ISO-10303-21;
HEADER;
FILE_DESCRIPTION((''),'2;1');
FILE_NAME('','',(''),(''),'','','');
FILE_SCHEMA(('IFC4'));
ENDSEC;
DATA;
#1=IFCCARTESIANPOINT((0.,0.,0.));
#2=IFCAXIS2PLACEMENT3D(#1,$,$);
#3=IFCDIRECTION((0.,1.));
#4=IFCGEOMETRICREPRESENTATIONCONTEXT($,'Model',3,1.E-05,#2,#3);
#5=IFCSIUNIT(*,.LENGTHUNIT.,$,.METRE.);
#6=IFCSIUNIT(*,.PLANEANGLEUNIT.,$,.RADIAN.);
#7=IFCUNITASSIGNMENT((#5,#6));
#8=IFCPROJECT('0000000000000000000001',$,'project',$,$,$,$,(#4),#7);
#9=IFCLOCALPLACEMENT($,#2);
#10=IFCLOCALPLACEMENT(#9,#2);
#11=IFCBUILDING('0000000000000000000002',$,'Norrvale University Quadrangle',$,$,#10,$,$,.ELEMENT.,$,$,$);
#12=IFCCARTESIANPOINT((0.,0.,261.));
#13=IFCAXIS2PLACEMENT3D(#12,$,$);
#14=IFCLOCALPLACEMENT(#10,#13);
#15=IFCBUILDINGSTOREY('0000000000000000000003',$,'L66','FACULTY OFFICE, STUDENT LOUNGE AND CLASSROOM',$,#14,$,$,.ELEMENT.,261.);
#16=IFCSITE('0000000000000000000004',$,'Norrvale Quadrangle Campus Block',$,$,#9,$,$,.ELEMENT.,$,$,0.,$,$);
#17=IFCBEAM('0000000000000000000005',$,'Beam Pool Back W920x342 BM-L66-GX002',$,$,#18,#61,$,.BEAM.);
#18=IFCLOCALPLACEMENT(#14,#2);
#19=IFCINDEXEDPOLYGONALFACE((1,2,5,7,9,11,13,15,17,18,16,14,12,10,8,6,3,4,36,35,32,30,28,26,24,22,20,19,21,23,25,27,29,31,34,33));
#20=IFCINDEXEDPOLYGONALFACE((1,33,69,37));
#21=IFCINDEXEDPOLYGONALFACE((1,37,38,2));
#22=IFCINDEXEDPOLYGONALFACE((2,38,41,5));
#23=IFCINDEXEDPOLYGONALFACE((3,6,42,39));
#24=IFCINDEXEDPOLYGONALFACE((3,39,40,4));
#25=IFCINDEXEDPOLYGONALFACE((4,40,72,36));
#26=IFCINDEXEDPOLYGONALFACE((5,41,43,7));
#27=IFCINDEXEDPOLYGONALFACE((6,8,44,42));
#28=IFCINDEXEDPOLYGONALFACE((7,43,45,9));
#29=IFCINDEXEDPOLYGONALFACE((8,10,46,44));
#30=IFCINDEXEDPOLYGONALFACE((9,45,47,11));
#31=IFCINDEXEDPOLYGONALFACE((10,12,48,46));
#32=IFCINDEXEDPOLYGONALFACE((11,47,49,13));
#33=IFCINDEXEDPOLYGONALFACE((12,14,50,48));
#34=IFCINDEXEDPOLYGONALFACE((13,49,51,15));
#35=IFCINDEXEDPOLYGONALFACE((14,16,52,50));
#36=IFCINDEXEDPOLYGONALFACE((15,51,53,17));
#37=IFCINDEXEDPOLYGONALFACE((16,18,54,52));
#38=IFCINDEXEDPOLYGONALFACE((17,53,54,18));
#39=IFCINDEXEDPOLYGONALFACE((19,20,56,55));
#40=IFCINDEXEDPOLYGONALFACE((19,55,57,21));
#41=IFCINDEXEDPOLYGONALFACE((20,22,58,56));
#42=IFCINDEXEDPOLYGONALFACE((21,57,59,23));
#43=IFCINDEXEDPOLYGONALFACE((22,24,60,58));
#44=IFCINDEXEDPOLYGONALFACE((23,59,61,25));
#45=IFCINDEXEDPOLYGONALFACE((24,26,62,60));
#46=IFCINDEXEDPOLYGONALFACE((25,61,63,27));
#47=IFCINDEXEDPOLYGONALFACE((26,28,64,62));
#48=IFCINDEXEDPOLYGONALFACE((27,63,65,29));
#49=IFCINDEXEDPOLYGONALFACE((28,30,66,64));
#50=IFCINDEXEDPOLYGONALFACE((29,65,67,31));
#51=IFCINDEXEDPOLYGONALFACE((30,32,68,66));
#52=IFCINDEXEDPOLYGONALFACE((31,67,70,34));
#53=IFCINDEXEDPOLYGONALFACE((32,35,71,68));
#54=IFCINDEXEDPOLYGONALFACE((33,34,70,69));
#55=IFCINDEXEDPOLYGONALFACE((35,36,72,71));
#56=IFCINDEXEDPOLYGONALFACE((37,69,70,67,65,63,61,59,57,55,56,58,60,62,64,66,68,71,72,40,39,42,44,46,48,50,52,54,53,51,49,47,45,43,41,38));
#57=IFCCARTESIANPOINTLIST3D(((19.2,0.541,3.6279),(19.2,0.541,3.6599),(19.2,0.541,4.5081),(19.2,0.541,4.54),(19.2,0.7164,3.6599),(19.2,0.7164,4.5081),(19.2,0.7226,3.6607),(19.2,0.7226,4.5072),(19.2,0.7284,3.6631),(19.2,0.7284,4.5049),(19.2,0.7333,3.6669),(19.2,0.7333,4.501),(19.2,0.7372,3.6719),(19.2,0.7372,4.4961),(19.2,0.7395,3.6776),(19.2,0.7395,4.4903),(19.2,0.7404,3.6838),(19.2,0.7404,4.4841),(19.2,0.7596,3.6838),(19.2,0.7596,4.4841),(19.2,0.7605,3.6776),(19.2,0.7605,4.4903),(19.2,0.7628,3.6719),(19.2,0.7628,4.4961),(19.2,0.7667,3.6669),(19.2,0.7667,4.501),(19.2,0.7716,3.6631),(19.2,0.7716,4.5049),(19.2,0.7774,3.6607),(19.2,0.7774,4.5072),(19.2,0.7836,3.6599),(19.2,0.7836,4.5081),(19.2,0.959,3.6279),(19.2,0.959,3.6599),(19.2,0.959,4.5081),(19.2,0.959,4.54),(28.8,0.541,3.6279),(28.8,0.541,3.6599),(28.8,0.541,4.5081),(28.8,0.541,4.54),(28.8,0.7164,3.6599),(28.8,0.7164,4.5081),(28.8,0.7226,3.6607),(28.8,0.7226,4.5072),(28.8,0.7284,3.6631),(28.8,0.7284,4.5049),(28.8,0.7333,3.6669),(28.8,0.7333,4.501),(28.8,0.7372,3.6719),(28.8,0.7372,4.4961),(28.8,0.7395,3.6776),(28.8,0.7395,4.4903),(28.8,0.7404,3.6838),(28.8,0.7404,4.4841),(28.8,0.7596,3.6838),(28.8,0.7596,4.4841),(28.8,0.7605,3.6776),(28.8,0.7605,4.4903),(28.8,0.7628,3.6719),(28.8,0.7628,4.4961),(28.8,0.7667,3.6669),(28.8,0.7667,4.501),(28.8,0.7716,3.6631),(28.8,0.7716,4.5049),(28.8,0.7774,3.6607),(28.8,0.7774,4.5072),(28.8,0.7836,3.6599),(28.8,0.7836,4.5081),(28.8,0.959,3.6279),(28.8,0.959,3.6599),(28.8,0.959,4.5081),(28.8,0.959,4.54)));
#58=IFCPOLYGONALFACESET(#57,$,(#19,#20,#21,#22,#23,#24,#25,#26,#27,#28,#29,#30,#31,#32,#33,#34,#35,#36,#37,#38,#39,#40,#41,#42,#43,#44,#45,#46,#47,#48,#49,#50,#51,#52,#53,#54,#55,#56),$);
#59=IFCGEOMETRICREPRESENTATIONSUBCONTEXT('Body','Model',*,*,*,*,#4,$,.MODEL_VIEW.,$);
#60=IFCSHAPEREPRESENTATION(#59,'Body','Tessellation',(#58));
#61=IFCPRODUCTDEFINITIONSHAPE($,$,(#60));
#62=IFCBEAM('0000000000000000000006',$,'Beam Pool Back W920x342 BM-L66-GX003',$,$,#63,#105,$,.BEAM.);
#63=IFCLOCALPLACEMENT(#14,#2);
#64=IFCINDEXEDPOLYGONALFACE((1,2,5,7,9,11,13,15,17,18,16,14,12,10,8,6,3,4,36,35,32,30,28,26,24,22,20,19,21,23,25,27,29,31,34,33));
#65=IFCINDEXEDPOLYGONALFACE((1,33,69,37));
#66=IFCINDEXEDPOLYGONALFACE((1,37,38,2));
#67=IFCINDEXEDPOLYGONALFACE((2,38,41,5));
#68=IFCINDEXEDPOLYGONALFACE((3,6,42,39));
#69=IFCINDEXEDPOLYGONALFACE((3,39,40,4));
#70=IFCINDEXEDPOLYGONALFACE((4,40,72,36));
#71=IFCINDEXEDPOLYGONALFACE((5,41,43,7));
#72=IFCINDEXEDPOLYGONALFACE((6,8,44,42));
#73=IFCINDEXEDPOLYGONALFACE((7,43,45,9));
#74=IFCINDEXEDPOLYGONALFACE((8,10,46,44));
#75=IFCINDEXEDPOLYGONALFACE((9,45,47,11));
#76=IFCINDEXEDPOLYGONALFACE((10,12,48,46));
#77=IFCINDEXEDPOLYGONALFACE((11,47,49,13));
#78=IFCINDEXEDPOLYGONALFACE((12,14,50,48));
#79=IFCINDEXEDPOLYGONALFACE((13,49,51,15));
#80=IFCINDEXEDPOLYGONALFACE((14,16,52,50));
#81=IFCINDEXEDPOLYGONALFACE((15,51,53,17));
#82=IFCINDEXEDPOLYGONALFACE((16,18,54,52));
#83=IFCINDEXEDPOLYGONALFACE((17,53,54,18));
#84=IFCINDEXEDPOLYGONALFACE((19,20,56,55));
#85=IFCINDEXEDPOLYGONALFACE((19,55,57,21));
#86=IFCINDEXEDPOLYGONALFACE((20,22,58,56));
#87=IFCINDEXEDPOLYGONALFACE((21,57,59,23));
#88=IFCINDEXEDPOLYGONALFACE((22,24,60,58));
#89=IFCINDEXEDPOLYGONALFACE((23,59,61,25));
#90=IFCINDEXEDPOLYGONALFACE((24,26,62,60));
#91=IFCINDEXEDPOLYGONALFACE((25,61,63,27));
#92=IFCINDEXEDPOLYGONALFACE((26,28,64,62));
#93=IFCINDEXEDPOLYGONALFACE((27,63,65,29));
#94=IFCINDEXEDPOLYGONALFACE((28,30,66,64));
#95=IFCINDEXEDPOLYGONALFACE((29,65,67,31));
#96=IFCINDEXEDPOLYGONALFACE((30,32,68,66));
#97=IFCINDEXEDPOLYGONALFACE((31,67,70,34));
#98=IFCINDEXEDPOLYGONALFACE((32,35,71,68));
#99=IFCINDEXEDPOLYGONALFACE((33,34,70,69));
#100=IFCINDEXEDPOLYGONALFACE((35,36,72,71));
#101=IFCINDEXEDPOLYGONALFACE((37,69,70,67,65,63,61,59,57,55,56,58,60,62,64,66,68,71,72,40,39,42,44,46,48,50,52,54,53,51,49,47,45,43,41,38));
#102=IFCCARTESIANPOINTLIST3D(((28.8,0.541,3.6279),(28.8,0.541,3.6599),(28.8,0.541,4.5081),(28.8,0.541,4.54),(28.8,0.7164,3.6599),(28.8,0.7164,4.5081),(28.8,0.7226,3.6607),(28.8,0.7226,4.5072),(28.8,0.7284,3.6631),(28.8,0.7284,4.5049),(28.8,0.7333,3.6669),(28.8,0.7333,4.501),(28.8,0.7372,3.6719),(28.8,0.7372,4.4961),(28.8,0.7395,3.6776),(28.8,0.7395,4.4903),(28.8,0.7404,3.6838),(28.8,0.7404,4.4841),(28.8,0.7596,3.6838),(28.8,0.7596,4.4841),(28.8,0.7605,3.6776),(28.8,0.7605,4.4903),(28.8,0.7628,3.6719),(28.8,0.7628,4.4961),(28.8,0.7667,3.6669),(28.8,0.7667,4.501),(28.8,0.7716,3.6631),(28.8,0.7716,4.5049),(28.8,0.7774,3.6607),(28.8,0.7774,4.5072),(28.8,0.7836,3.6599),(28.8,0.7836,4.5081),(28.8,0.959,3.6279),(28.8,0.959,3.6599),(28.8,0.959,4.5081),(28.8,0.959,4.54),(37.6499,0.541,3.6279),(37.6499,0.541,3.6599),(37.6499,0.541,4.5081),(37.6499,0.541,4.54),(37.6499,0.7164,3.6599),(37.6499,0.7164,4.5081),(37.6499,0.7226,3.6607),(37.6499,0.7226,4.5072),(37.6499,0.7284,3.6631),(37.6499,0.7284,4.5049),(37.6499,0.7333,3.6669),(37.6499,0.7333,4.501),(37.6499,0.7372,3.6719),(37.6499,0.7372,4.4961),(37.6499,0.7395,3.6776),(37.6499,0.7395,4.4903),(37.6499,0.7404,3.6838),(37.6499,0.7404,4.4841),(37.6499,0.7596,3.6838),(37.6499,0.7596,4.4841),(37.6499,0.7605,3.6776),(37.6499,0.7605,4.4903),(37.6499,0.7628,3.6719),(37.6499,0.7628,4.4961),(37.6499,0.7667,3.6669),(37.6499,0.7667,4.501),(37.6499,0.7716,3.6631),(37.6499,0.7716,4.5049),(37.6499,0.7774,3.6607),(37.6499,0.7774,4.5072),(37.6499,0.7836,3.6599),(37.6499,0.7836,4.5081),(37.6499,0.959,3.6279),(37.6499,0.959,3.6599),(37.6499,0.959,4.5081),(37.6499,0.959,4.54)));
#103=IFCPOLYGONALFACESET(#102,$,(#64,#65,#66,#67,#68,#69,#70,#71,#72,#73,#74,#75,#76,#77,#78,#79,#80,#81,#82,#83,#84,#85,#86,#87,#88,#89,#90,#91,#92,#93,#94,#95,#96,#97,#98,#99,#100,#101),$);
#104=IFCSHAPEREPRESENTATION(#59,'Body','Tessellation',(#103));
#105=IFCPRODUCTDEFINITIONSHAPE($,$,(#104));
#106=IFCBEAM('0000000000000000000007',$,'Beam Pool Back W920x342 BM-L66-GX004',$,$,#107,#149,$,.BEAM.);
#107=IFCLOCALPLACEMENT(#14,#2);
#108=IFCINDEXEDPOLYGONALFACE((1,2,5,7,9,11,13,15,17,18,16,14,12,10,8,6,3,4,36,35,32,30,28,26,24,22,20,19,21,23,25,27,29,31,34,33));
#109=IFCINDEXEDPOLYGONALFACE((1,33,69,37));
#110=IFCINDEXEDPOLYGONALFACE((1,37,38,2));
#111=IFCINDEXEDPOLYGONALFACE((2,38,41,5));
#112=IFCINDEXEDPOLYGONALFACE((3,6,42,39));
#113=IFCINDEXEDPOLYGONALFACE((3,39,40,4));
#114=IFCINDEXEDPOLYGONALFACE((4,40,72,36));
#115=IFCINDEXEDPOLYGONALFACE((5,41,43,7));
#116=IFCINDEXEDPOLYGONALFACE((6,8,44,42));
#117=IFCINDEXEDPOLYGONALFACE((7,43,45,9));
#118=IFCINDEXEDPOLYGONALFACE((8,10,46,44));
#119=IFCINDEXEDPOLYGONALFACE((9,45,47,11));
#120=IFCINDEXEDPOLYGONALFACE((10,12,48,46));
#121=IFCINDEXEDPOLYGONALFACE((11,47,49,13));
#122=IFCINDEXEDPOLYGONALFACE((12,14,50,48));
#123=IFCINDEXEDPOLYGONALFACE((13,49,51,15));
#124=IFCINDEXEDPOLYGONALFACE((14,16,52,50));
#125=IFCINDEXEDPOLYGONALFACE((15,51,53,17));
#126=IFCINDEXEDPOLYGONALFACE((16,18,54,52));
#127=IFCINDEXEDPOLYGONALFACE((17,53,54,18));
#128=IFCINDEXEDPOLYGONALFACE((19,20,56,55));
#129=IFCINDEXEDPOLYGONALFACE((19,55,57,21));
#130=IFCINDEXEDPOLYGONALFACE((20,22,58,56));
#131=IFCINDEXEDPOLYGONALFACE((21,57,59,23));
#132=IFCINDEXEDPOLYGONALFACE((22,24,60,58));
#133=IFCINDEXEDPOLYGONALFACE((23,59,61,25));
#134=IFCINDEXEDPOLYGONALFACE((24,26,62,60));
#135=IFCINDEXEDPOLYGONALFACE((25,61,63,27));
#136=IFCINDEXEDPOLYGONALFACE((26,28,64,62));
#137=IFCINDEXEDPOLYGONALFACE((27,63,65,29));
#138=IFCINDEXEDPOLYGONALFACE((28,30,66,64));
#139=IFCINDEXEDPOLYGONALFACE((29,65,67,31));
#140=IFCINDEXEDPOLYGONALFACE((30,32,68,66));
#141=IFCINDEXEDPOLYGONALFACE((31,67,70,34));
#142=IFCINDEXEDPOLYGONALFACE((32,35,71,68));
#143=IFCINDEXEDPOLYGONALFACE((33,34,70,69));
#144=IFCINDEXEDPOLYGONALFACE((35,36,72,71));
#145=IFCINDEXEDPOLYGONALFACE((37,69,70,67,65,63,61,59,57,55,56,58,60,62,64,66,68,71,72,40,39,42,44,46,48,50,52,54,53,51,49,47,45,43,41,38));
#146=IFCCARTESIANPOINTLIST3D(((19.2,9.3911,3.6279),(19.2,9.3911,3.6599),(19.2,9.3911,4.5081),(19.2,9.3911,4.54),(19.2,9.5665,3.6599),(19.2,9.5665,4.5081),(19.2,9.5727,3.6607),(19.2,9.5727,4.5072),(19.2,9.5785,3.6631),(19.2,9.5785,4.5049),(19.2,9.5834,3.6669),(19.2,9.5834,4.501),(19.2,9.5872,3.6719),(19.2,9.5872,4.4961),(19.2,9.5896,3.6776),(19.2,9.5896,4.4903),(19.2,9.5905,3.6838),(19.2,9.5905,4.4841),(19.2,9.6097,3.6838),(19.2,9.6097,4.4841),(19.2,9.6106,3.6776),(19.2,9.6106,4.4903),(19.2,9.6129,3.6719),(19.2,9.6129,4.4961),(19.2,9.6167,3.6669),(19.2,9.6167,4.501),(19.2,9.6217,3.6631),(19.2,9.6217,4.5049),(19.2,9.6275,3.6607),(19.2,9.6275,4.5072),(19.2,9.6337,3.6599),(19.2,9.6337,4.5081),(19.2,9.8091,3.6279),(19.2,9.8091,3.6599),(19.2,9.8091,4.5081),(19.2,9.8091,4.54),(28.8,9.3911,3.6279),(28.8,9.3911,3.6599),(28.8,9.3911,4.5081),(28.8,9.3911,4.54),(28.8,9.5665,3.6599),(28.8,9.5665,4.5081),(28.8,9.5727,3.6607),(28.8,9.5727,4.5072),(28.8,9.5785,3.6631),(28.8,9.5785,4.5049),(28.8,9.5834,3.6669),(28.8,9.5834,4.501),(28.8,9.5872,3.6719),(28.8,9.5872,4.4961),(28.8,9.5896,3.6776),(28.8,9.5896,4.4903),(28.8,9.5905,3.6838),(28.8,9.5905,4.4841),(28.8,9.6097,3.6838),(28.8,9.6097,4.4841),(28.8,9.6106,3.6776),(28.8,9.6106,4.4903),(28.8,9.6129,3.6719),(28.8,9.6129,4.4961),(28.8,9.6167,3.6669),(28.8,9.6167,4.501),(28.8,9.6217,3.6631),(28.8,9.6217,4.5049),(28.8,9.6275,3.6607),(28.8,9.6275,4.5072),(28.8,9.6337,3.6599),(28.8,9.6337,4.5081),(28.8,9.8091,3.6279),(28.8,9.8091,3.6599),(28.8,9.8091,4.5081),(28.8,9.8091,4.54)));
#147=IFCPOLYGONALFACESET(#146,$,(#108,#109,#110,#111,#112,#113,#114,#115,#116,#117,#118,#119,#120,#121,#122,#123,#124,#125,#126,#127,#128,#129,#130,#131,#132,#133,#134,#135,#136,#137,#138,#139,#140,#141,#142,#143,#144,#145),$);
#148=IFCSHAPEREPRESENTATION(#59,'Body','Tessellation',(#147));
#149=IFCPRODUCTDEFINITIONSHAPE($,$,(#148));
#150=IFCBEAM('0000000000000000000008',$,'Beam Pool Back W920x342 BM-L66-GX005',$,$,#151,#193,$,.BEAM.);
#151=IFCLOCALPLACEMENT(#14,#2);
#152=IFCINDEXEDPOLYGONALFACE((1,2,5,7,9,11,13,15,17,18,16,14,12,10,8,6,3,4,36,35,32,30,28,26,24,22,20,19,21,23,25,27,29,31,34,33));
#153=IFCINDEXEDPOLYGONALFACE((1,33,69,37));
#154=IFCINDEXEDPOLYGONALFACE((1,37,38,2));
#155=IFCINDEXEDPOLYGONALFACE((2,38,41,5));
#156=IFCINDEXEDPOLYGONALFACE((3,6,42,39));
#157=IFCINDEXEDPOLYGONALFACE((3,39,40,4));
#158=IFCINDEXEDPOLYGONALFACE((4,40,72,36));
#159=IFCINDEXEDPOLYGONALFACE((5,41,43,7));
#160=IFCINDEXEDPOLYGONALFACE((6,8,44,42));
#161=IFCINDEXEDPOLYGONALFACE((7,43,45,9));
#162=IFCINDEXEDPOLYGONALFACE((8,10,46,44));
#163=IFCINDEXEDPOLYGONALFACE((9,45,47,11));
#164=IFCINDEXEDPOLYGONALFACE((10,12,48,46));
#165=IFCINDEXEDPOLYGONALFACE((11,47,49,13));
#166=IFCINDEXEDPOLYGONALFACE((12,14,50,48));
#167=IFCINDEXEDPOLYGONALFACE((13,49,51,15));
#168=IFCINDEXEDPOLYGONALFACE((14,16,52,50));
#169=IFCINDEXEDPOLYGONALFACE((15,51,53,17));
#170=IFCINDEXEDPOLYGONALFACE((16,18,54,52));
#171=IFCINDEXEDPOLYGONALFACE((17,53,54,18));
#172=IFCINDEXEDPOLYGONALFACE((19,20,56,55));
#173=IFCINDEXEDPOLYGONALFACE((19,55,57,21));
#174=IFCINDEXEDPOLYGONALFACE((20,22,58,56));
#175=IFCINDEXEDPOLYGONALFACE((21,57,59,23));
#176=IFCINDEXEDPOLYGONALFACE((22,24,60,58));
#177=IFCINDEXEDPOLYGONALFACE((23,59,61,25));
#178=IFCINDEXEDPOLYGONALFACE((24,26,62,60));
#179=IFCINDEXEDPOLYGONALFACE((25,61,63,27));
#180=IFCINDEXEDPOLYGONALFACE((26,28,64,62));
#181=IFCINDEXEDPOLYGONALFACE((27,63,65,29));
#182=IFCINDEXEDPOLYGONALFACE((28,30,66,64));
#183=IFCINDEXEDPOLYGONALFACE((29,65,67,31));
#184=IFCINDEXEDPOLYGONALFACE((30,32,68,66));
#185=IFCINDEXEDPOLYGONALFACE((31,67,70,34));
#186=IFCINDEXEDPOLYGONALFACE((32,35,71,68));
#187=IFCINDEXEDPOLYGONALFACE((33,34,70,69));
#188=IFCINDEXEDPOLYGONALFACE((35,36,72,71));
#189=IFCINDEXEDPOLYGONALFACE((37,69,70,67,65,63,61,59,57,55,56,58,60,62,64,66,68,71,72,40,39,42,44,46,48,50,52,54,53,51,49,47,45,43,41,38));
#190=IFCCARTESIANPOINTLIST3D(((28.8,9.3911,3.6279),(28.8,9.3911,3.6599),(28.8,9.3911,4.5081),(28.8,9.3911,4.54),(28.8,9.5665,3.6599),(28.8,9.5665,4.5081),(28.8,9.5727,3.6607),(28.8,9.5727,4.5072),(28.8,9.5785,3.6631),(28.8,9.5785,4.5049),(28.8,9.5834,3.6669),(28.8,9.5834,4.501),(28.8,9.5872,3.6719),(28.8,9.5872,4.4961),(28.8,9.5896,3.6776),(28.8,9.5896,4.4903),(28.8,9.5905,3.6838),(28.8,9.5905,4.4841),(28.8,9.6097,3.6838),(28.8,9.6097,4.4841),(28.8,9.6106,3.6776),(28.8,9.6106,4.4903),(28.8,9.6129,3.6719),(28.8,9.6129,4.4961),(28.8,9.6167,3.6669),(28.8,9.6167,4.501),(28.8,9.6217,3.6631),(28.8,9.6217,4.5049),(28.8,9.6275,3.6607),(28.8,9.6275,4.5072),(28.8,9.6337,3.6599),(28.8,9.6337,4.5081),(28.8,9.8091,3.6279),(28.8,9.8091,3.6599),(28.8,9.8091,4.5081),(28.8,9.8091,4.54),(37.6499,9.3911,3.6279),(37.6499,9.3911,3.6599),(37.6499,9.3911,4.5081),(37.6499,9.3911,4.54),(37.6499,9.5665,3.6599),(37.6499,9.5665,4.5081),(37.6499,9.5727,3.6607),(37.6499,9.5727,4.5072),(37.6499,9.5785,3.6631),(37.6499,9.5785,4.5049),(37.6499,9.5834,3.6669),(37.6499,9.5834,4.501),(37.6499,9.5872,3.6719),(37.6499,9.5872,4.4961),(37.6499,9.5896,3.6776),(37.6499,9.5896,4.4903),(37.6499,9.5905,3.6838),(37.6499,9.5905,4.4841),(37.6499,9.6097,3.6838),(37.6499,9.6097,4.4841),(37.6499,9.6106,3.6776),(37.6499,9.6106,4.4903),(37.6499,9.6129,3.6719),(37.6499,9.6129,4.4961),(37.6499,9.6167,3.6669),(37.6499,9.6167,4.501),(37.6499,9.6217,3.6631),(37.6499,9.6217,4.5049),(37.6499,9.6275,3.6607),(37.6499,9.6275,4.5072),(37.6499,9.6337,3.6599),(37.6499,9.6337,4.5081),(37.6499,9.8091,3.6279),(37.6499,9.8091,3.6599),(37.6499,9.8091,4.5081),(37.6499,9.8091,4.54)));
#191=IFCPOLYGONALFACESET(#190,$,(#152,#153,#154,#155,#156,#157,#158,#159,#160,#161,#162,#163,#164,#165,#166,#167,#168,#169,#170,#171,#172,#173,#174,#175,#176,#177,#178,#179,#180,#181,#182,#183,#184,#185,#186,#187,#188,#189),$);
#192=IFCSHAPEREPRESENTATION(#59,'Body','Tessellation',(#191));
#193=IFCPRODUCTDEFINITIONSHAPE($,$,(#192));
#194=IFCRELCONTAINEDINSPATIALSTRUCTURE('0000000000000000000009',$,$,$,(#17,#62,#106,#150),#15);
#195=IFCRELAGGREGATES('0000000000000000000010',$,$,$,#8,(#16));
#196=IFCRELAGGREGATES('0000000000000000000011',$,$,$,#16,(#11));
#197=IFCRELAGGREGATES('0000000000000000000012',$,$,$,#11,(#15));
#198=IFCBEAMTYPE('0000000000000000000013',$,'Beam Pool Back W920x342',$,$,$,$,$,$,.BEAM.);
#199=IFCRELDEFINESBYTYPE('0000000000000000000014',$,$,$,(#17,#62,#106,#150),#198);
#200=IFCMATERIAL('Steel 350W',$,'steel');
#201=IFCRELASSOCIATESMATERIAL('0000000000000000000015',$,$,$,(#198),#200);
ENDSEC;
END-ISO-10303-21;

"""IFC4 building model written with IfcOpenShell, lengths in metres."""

from ifc_helpers import new_model, si_unit, direction, frame, origin, origin_2d, place, context, subcontext, project, spatial, i_section, extrude, material, material_profile, profile_set, type_object, element, save


model = new_model("IFC4")

# Units and contexts
model_context = context("Model", 3, precision=1e-05, world=origin(), true_north=direction((0.0, 1.0)))
body_context = subcontext(model_context, "Body", "Model", "MODEL_VIEW")
ifc_project = project(units=[si_unit("LENGTHUNIT", "METRE"), si_unit("PLANEANGLEUNIT", "RADIAN")], contexts=[model_context])

# Site, building, storey
site_placement = place(None, origin())
site = spatial("IfcSite", under=ifc_project, at=site_placement, Name="Norrvale Quadrangle Campus Block", CompositionType="ELEMENT", RefElevation=0.0)
building_placement = place(site_placement, origin())
building = spatial("IfcBuilding", under=site, at=building_placement, Name="Norrvale University Quadrangle", CompositionType="ELEMENT")
storey_placement = place(building_placement, frame((0.0, 0.0, 261.0)))
storey = spatial("IfcBuildingStorey", under=building, at=storey_placement, Name="L66", Description="FACULTY OFFICE, STUDENT LOUNGE AND CLASSROOM", CompositionType="ELEMENT", Elevation=261.0)

# Beams
ifc_material_1 = material(Name="Steel 350W", Category="steel")
ifc_material_profile_1 = material_profile(ifc_material_1, i_section(OverallWidth=0.418, OverallDepth=0.9121, WebThickness=0.0193, FlangeThickness=0.032, FilletRadius=0.0239, at=origin_2d()), Name="Steel 350W")
ifc_profile_set_1 = profile_set([ifc_material_profile_1], Name="Steel 350W")
beam_type_1 = type_object("IfcBeamType", Name="Beam Pool Back W920x342", PredefinedType="BEAM", material=ifc_profile_set_1)
beam_1_placement = place(storey_placement, frame((19.2, 0.75, 4.084), z_axis=(1.0, 0.0, 0.0), x_axis=(0.0, 1.0, 0.0)))
element("IfcBeam", 1, at=beam_1_placement, inside=storey, type_object=beam_type_1, Name="Beam Pool Back W920x342 BM-L66-GX002", PredefinedType="BEAM", context=body_context, shape_type="SweptSolid", body=[
    extrude(i_section(OverallWidth=0.418, OverallDepth=0.9121, WebThickness=0.0193, FlangeThickness=0.032, FilletRadius=0.0239, at=origin_2d()), origin(), (0.0, 0.0, 1.0), 9.6001),
])
beam_2_placement = place(storey_placement, frame((28.8, 0.75, 4.084), z_axis=(1.0, 0.0, 0.0), x_axis=(0.0, 1.0, 0.0)))
element("IfcBeam", 2, at=beam_2_placement, inside=storey, type_object=beam_type_1, Name="Beam Pool Back W920x342 BM-L66-GX003", PredefinedType="BEAM", context=body_context, shape_type="SweptSolid", body=[
    extrude(i_section(OverallWidth=0.418, OverallDepth=0.9121, WebThickness=0.0193, FlangeThickness=0.032, FilletRadius=0.0239, at=origin_2d()), origin(), (0.0, 0.0, 1.0), 8.8499),
])
beam_3_placement = place(storey_placement, frame((19.2, 9.6001, 4.084), z_axis=(1.0, 0.0, 0.0), x_axis=(0.0, 1.0, 0.0)))
element("IfcBeam", 3, at=beam_3_placement, inside=storey, type_object=beam_type_1, Name="Beam Pool Back W920x342 BM-L66-GX004", PredefinedType="BEAM", context=body_context, shape_type="SweptSolid", body=[
    extrude(i_section(OverallWidth=0.418, OverallDepth=0.9121, WebThickness=0.0193, FlangeThickness=0.032, FilletRadius=0.0239, at=origin_2d()), origin(), (0.0, 0.0, 1.0), 9.6001),
])
beam_4_placement = place(storey_placement, frame((28.8, 9.6001, 4.084), z_axis=(1.0, 0.0, 0.0), x_axis=(0.0, 1.0, 0.0)))
element("IfcBeam", 4, at=beam_4_placement, inside=storey, type_object=beam_type_1, Name="Beam Pool Back W920x342 BM-L66-GX005", PredefinedType="BEAM", context=body_context, shape_type="SweptSolid", body=[
    extrude(i_section(OverallWidth=0.418, OverallDepth=0.9121, WebThickness=0.0193, FlangeThickness=0.032, FilletRadius=0.0239, at=origin_2d()), origin(), (0.0, 0.0, 1.0), 8.8499),
])

save(model, "model.ifc")
